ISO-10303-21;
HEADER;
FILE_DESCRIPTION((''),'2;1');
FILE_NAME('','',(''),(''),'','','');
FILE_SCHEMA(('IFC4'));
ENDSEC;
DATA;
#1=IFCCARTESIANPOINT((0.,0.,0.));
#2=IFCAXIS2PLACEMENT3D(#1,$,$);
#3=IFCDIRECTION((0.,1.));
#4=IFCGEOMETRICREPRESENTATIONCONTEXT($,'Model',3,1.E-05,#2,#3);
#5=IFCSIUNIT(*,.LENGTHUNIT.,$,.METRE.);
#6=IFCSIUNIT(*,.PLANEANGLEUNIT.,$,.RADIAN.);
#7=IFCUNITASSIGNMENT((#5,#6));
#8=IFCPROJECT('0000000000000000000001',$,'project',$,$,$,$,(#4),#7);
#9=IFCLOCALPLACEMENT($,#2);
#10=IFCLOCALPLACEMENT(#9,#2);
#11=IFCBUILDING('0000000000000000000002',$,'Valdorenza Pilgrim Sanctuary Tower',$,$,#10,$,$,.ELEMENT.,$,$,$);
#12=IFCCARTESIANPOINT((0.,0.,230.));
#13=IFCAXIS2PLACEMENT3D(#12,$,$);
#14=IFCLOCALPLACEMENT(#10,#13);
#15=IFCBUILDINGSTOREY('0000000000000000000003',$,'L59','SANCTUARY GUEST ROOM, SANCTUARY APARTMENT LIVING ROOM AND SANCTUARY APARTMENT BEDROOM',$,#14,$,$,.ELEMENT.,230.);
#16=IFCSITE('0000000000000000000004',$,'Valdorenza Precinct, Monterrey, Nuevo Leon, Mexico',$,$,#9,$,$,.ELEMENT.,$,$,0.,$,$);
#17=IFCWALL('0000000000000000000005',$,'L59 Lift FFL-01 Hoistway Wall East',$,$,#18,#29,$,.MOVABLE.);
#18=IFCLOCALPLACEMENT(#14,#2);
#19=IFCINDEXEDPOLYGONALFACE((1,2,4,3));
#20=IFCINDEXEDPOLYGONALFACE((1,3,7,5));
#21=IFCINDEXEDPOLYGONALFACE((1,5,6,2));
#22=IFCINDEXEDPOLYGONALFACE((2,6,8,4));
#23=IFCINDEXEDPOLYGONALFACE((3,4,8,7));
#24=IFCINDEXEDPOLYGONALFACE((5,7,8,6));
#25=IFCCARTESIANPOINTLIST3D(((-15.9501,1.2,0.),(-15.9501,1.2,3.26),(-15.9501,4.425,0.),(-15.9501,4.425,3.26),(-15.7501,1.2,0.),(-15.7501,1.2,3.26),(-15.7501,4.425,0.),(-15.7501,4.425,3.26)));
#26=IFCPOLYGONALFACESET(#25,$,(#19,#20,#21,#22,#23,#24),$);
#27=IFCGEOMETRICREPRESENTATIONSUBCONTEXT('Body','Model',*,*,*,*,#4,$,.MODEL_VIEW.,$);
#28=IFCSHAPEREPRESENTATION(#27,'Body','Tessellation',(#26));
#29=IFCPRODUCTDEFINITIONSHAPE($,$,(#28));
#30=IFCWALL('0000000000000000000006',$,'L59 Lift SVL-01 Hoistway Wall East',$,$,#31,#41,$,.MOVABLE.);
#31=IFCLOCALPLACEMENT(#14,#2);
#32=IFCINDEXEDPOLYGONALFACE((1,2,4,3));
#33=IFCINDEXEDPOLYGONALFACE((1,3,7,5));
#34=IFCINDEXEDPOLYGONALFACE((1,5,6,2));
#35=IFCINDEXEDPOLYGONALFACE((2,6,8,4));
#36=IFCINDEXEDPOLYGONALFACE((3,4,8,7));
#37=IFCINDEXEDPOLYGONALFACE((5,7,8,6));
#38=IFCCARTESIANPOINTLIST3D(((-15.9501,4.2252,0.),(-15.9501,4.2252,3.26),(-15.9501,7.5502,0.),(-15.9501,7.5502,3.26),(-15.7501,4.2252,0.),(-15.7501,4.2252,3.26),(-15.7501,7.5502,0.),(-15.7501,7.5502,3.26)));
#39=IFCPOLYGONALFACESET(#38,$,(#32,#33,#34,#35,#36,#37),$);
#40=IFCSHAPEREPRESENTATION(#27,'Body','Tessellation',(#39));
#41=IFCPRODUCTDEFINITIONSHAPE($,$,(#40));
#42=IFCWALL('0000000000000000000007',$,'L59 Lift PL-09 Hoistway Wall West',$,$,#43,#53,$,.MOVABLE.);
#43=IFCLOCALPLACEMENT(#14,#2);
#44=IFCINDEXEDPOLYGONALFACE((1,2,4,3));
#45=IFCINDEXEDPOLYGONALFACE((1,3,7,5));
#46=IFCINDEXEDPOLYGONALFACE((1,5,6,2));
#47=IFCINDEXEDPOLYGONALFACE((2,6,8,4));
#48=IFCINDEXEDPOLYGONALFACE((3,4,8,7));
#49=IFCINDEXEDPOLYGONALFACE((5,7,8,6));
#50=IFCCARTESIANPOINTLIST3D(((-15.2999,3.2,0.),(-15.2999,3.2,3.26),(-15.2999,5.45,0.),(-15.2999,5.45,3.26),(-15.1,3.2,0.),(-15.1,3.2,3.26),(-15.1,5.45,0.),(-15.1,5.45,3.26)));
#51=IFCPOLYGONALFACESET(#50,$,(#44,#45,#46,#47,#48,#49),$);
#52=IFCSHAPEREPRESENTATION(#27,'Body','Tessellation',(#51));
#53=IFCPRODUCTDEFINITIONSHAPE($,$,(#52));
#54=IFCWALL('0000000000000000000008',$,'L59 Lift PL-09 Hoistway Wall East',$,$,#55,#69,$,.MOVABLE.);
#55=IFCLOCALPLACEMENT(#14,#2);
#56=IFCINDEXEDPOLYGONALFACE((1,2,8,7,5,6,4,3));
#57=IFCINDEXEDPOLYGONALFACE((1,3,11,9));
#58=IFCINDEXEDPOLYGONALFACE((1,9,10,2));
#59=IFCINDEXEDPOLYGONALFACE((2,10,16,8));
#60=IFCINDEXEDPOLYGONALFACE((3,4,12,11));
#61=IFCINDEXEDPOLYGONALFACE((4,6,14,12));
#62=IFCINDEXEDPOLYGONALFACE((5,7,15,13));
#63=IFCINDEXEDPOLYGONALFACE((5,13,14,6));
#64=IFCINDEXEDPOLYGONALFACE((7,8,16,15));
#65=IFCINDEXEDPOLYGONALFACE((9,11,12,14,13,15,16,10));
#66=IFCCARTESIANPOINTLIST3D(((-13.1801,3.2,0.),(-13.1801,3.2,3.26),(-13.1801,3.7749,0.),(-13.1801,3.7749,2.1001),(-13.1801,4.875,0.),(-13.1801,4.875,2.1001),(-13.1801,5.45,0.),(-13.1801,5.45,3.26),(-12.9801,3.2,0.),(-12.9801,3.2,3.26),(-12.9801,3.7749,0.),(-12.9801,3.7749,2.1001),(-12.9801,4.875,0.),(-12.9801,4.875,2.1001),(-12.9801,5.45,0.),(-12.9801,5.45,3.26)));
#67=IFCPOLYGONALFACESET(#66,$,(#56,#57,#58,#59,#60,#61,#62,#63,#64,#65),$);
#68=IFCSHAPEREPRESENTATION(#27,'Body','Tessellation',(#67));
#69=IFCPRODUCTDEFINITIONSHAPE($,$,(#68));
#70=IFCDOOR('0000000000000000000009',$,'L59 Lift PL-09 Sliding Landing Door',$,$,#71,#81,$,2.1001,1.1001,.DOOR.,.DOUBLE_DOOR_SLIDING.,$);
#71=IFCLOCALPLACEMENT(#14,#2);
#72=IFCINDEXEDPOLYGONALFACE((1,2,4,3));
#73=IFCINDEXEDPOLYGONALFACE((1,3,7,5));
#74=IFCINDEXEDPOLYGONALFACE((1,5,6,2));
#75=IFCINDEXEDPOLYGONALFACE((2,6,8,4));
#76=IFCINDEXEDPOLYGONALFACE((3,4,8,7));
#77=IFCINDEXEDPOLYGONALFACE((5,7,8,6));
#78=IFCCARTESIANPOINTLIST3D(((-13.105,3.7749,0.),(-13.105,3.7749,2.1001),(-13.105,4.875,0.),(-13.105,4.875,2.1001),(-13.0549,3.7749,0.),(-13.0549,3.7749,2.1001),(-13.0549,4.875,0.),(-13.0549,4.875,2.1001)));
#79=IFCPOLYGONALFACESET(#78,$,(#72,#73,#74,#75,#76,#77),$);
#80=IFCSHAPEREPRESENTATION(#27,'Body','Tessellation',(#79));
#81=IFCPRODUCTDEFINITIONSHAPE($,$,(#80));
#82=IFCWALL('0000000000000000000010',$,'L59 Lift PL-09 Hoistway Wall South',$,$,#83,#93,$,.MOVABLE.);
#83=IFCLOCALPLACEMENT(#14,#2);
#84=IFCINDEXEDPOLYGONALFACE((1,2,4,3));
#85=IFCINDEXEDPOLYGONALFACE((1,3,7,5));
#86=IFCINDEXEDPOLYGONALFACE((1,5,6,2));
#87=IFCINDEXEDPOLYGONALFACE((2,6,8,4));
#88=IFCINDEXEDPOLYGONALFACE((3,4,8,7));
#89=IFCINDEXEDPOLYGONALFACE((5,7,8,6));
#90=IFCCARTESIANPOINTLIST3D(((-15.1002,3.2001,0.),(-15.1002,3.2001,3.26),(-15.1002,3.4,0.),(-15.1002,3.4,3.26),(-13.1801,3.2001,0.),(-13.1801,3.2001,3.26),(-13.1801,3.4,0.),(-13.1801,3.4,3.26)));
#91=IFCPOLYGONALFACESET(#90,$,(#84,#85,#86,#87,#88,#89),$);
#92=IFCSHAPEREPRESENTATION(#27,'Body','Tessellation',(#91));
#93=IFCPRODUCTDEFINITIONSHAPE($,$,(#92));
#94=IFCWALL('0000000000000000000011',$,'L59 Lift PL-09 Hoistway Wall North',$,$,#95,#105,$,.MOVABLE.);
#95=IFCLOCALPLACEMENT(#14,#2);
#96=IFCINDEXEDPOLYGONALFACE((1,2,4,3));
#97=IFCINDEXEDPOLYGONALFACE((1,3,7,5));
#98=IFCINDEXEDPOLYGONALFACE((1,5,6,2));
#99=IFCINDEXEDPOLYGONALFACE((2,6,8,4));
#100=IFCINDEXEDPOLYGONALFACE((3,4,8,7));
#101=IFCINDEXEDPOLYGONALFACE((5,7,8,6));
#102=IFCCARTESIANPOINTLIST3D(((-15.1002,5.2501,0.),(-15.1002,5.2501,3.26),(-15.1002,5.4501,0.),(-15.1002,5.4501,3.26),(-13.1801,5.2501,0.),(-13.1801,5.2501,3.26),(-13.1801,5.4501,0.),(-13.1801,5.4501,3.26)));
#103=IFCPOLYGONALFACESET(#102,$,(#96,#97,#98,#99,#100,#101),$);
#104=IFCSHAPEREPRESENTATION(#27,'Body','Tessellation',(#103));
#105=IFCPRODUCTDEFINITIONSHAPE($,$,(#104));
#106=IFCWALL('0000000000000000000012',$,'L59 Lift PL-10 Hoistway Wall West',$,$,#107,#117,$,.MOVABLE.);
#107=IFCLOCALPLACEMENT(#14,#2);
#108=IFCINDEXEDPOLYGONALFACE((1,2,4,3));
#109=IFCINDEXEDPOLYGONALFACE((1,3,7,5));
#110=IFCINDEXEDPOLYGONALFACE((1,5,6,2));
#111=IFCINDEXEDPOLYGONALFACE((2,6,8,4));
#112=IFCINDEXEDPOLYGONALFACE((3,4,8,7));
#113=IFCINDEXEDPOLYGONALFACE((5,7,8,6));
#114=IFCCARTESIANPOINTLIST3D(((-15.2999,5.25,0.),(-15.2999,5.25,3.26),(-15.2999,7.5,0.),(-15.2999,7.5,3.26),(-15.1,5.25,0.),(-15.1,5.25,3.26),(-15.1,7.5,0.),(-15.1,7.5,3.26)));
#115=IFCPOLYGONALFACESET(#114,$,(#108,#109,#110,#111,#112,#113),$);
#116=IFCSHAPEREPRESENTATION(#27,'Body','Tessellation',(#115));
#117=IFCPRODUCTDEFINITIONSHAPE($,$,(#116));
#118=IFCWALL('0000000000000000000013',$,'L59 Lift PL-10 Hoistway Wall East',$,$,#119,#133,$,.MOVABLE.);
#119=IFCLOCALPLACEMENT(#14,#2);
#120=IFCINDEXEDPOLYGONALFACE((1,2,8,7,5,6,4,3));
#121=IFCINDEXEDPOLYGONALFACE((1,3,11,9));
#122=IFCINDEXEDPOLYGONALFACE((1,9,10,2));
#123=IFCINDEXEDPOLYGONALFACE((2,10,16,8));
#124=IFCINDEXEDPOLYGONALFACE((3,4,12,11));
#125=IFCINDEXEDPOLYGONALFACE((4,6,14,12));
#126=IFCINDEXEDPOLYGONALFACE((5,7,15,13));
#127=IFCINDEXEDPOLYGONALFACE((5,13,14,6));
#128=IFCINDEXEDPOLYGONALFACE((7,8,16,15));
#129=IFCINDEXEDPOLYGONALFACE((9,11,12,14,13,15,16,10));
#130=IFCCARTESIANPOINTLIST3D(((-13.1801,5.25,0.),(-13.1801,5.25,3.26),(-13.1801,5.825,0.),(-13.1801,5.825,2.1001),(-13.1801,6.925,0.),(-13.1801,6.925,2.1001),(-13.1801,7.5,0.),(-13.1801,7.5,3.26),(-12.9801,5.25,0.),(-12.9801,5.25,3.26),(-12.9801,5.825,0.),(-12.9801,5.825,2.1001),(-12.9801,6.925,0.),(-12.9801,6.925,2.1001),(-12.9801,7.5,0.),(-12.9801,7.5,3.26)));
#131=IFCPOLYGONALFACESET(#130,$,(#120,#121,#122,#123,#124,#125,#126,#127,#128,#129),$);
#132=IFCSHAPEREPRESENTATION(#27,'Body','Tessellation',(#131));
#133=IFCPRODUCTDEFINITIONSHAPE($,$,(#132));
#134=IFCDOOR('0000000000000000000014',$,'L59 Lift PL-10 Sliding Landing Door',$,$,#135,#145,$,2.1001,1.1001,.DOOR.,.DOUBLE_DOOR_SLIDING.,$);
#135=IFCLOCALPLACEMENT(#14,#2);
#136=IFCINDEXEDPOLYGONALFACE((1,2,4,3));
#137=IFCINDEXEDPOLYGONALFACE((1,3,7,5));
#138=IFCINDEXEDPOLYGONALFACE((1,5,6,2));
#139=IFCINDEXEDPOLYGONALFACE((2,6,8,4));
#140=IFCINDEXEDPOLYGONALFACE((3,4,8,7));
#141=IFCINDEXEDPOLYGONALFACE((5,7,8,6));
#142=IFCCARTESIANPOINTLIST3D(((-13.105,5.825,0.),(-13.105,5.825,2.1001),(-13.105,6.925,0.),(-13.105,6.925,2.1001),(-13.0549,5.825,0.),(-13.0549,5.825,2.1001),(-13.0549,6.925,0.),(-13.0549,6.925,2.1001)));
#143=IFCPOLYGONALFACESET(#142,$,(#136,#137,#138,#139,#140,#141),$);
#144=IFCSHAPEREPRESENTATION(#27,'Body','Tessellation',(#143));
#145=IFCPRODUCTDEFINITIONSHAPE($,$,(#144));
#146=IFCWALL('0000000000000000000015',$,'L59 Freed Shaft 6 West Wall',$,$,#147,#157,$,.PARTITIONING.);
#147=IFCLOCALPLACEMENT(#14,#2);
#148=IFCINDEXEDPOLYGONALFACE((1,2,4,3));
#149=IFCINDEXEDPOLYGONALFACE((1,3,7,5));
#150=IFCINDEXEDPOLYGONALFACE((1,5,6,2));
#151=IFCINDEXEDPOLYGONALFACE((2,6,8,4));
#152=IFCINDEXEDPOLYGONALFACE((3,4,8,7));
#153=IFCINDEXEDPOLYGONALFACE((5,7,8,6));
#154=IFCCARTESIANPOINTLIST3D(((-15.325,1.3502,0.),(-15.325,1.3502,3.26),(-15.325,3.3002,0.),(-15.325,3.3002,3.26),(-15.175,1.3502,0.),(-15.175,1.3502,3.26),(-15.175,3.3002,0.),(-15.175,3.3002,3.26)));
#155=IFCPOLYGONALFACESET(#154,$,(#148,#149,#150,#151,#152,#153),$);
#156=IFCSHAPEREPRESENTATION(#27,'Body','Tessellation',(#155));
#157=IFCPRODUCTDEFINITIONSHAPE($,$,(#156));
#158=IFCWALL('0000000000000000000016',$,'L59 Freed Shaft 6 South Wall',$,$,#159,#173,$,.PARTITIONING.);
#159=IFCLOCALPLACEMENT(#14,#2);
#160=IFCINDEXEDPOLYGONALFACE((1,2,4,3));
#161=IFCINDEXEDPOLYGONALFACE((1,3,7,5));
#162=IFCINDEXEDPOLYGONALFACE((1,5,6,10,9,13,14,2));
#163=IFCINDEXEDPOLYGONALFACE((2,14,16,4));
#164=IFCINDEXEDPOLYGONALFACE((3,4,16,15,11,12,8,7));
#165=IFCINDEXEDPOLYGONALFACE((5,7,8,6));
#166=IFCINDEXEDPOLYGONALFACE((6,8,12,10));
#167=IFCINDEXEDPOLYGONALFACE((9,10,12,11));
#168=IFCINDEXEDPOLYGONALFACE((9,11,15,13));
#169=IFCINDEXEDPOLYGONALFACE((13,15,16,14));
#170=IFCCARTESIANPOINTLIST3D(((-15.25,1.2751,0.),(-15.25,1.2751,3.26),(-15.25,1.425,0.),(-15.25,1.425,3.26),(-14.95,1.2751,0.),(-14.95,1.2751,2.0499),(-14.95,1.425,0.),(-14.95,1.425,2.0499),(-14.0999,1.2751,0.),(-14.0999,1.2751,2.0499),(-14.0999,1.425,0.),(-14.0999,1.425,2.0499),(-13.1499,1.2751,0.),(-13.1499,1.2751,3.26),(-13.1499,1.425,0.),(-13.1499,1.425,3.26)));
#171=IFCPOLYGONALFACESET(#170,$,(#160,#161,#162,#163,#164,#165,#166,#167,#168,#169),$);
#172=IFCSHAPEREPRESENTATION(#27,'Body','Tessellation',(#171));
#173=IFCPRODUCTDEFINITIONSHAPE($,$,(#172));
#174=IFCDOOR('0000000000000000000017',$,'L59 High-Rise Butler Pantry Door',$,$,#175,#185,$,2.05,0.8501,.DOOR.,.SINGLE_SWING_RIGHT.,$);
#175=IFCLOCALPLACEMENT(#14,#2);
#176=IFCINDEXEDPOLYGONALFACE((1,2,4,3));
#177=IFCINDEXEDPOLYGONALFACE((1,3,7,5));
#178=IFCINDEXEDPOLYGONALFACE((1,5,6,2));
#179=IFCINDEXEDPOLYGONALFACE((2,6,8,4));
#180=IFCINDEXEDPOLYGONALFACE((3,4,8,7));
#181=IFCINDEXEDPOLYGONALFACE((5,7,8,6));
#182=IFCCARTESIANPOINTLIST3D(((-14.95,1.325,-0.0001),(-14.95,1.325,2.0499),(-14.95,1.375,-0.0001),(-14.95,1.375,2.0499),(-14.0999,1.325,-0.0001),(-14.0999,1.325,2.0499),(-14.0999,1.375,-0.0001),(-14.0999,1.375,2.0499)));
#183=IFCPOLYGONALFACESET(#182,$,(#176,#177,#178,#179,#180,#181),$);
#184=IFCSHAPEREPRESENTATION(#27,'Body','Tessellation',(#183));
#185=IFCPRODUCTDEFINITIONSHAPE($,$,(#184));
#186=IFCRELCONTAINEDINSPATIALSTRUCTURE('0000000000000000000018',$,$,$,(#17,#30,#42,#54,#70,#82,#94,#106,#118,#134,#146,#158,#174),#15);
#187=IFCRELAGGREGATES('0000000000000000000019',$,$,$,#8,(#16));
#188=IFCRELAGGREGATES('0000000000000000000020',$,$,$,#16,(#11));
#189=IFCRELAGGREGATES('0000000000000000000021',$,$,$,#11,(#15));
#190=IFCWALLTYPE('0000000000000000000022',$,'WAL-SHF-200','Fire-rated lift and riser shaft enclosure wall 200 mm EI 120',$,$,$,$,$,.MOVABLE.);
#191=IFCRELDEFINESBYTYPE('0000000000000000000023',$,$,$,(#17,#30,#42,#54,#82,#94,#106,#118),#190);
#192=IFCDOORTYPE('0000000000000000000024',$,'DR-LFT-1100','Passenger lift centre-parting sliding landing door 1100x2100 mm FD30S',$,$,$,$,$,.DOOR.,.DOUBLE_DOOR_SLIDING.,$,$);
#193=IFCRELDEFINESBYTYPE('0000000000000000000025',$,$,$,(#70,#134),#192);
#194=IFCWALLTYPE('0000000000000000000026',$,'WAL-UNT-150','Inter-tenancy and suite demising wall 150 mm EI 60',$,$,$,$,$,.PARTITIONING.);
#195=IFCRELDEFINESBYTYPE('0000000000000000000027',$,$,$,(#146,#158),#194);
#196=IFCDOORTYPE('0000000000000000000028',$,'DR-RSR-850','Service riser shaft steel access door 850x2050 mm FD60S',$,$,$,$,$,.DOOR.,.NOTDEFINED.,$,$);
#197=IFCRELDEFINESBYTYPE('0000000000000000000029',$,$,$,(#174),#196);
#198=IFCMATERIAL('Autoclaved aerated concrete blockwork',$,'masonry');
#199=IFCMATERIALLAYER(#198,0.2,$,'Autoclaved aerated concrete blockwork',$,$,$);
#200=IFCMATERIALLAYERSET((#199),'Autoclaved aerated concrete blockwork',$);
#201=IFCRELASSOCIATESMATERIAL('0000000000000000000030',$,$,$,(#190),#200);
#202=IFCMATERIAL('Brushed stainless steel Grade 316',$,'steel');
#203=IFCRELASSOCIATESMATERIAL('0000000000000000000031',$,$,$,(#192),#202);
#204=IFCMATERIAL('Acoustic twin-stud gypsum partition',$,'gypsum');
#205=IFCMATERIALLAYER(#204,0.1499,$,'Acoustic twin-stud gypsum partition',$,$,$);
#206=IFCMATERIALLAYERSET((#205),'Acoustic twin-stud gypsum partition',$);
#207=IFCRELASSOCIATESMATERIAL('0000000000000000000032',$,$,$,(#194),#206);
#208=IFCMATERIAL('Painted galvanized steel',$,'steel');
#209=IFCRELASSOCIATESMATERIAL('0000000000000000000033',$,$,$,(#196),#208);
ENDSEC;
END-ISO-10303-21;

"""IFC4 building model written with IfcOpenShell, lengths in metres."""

from ifc_helpers import new_model, si_unit, direction, frame, frame_2d, origin, place, context, subcontext, project, spatial, rectangle, extrude, material, layer, layer_set, type_object, element, fill, save


model = new_model("IFC4")

# Units and contexts
model_context = context("Model", 3, precision=1e-05, world=origin(), true_north=direction((0.0, 1.0)))
body_context = subcontext(model_context, "Body", "Model", "MODEL_VIEW")
ifc_project = project(units=[si_unit("LENGTHUNIT", "METRE"), si_unit("PLANEANGLEUNIT", "RADIAN")], contexts=[model_context])

# Site, building, storey
site_placement = place(None, origin())
site = spatial("IfcSite", under=ifc_project, at=site_placement, Name="Valdorenza Precinct, Monterrey, Nuevo Leon, Mexico", CompositionType="ELEMENT", RefElevation=0.0)
building_placement = place(site_placement, origin())
building = spatial("IfcBuilding", under=site, at=building_placement, Name="Valdorenza Pilgrim Sanctuary Tower", CompositionType="ELEMENT")
storey_placement = place(building_placement, frame((0.0, 0.0, 230.0)))
storey = spatial("IfcBuildingStorey", under=building, at=storey_placement, Name="L59", Description="SANCTUARY GUEST ROOM, SANCTUARY APARTMENT LIVING ROOM AND SANCTUARY APARTMENT BEDROOM", CompositionType="ELEMENT", Elevation=230.0)

# Shared definitions
ifc_material_1 = material(Name="Acoustic twin-stud gypsum partition", Category="gypsum")

# Walls
ifc_material_2 = material(Name="Autoclaved aerated concrete blockwork", Category="masonry")
ifc_layer_1 = layer(ifc_material_2, 0.2, Name="Autoclaved aerated concrete blockwork")
ifc_layer_set_1 = layer_set([ifc_layer_1], Name="Autoclaved aerated concrete blockwork")
wall_type_1 = type_object("IfcWallType", Name="WAL-SHF-200", Description="Fire-rated lift and riser shaft enclosure wall 200 mm EI 120", PredefinedType="MOVABLE", material=ifc_layer_set_1)
wall_1_placement = place(storey_placement, frame((-15.8501, 1.2, 0.0), z_axis=(0.0, 0.0, 1.0), x_axis=(0.0, 1.0, 0.0)))
element("IfcWall", 1, at=wall_1_placement, inside=storey, type_object=wall_type_1, Name="L59 Lift FFL-01 Hoistway Wall East", PredefinedType="MOVABLE", context=body_context, shape_type="SweptSolid", body=[
    extrude(rectangle(XDim=3.2251, YDim=0.2, at=frame_2d((1.6125, 0.0))), origin(), (0.0, 0.0, 1.0), 3.26),
])
wall_2_placement = place(storey_placement, frame((-15.8501, 4.2251, 0.0), z_axis=(0.0, 0.0, 1.0), x_axis=(0.0, 1.0, 0.0)))
element("IfcWall", 2, at=wall_2_placement, inside=storey, type_object=wall_type_1, Name="L59 Lift SVL-01 Hoistway Wall East", PredefinedType="MOVABLE", context=body_context, shape_type="SweptSolid", body=[
    extrude(rectangle(XDim=3.325, YDim=0.2, at=frame_2d((1.6626, 0.0))), origin(), (0.0, 0.0, 1.0), 3.26),
])
wall_3_placement = place(storey_placement, frame((-15.2, 3.2, 0.0), z_axis=(0.0, 0.0, 1.0), x_axis=(0.0, 1.0, 0.0)))
element("IfcWall", 3, at=wall_3_placement, inside=storey, type_object=wall_type_1, Name="L59 Lift PL-09 Hoistway Wall West", PredefinedType="MOVABLE", context=body_context, shape_type="SweptSolid", body=[
    extrude(rectangle(XDim=2.25, YDim=0.2, at=frame_2d((1.125, 0.0))), origin(), (0.0, 0.0, 1.0), 3.26),
])

# Wall, opening, door
wall_4_placement = place(storey_placement, frame((-13.0801, 3.2, 0.0), z_axis=(0.0, 0.0, 1.0), x_axis=(0.0, 1.0, 0.0)))
wall_4 = element("IfcWall", 4, at=wall_4_placement, inside=storey, type_object=wall_type_1, Name="L59 Lift PL-09 Hoistway Wall East", PredefinedType="MOVABLE", context=body_context, shape_type="SweptSolid", body=[
    extrude(rectangle(XDim=2.25, YDim=0.2, at=frame_2d((1.125, 0.0))), origin(), (0.0, 0.0, 1.0), 3.26),
])
opening_1_placement = place(wall_4_placement, frame((0.575, 0.0, 0.0)))
opening_1 = element("IfcOpeningElement", 5, at=opening_1_placement, cuts=wall_4, PredefinedType="OPENING", context=body_context, shape_type="SweptSolid", body=[
    extrude(rectangle(XDim=1.1001, YDim=2.1001, at=frame_2d((0.55, 1.05))), frame((0.0, 0.1147, 0.0), z_axis=(0.0, -1.0, 0.0), x_axis=(1.0, 0.0, 0.0)), (0.0, 0.0, 1.0), 0.2297),
])
ifc_material_3 = material(Name="Brushed stainless steel Grade 316", Category="steel")
door_type_1 = type_object("IfcDoorType", Name="DR-LFT-1100", Description="Passenger lift centre-parting sliding landing door 1100x2100 mm FD30S", OperationType="DOUBLE_DOOR_SLIDING", PredefinedType="DOOR", material=ifc_material_3)
door_1_placement = place(opening_1_placement, origin())
door_1 = element("IfcDoor", 6, at=door_1_placement, inside=storey, type_object=door_type_1, Name="L59 Lift PL-09 Sliding Landing Door", OperationType="DOUBLE_DOOR_SLIDING", OverallHeight=2.1001, OverallWidth=1.1001, PredefinedType="DOOR", context=body_context, shape_type="SweptSolid", body=[
    extrude(rectangle(XDim=1.1001, YDim=2.1001, at=frame_2d((0.55, 1.05))), frame((0.0, 0.0249, 0.0), z_axis=(0.0, -1.0, 0.0), x_axis=(1.0, 0.0, 0.0)), (0.0, 0.0, 1.0), 0.05),
])
fill(opening_1, door_1)

# Walls
for number, where, z_axis, x_axis, name in (
    (7, (-15.1001, 3.3, 0.0), (0.0, 0.0, 1.0), (1.0, 0.0, 0.0), "L59 Lift PL-09 Hoistway Wall South"),
    (8, (-15.1001, 5.3501, 0.0), (0.0, 0.0, 1.0), (1.0, 0.0, 0.0), "L59 Lift PL-09 Hoistway Wall North"),
):
    element("IfcWall", number, at=place(storey_placement, frame(where, z_axis=z_axis, x_axis=x_axis)), inside=storey, type_object=wall_type_1, Name=name, PredefinedType="MOVABLE", context=body_context, shape_type="SweptSolid", body=[
        extrude(rectangle(XDim=1.9202, YDim=0.2, at=frame_2d((0.96, 0.0))), origin(), (0.0, 0.0, 1.0), 3.26),
    ])
wall_5_placement = place(storey_placement, frame((-15.2, 5.25, 0.0), z_axis=(0.0, 0.0, 1.0), x_axis=(0.0, 1.0, 0.0)))
element("IfcWall", 9, at=wall_5_placement, inside=storey, type_object=wall_type_1, Name="L59 Lift PL-10 Hoistway Wall West", PredefinedType="MOVABLE", context=body_context, shape_type="SweptSolid", body=[
    extrude(rectangle(XDim=2.25, YDim=0.2, at=frame_2d((1.125, 0.0))), origin(), (0.0, 0.0, 1.0), 3.26),
])

# Wall, opening, door
wall_6_placement = place(storey_placement, frame((-13.0801, 5.25, 0.0), z_axis=(0.0, 0.0, 1.0), x_axis=(0.0, 1.0, 0.0)))
wall_6 = element("IfcWall", 10, at=wall_6_placement, inside=storey, type_object=wall_type_1, Name="L59 Lift PL-10 Hoistway Wall East", PredefinedType="MOVABLE", context=body_context, shape_type="SweptSolid", body=[
    extrude(rectangle(XDim=2.25, YDim=0.2, at=frame_2d((1.125, 0.0))), origin(), (0.0, 0.0, 1.0), 3.26),
])
opening_2_placement = place(wall_6_placement, frame((0.575, 0.0, 0.0)))
opening_2 = element("IfcOpeningElement", 11, at=opening_2_placement, cuts=wall_6, PredefinedType="OPENING", context=body_context, shape_type="SweptSolid", body=[
    extrude(rectangle(XDim=1.1001, YDim=2.1001, at=frame_2d((0.55, 1.05))), frame((0.0, 0.1147, 0.0), z_axis=(0.0, -1.0, 0.0), x_axis=(1.0, 0.0, 0.0)), (0.0, 0.0, 1.0), 0.2297),
])
door_2_placement = place(opening_2_placement, origin())
door_2 = element("IfcDoor", 12, at=door_2_placement, inside=storey, type_object=door_type_1, Name="L59 Lift PL-10 Sliding Landing Door", OperationType="DOUBLE_DOOR_SLIDING", OverallHeight=2.1001, OverallWidth=1.1001, PredefinedType="DOOR", context=body_context, shape_type="SweptSolid", body=[
    extrude(rectangle(XDim=1.1001, YDim=2.1001, at=frame_2d((0.55, 1.05))), frame((0.0, 0.0249, 0.0), z_axis=(0.0, -1.0, 0.0), x_axis=(1.0, 0.0, 0.0)), (0.0, 0.0, 1.0), 0.05),
])
fill(opening_2, door_2)

# Wall
ifc_layer_2 = layer(ifc_material_1, 0.1499, Name="Acoustic twin-stud gypsum partition")
ifc_layer_set_2 = layer_set([ifc_layer_2], Name="Acoustic twin-stud gypsum partition")
wall_type_2 = type_object("IfcWallType", Name="WAL-UNT-150", Description="Inter-tenancy and suite demising wall 150 mm EI 60", PredefinedType="PARTITIONING", material=ifc_layer_set_2)
wall_7_placement = place(storey_placement, frame((-15.25, 1.3501, 0.0), z_axis=(0.0, 0.0, 1.0), x_axis=(0.0, 1.0, 0.0)))
element("IfcWall", 13, at=wall_7_placement, inside=storey, type_object=wall_type_2, Name="L59 Freed Shaft 6 West Wall", PredefinedType="PARTITIONING", context=body_context, shape_type="SweptSolid", body=[
    extrude(rectangle(XDim=1.95, YDim=0.1499, at=frame_2d((0.9751, 0.0))), origin(), (0.0, 0.0, 1.0), 3.26),
])

# Wall, opening, door
wall_8_placement = place(storey_placement, frame((-15.25, 1.3501, 0.0), z_axis=(0.0, 0.0, 1.0), x_axis=(1.0, 0.0, 0.0)))
wall_8 = element("IfcWall", 14, at=wall_8_placement, inside=storey, type_object=wall_type_2, Name="L59 Freed Shaft 6 South Wall", PredefinedType="PARTITIONING", context=body_context, shape_type="SweptSolid", body=[
    extrude(rectangle(XDim=2.1001, YDim=0.1499, at=frame_2d((1.05, 0.0))), origin(), (0.0, 0.0, 1.0), 3.26),
])
opening_3_placement = place(wall_8_placement, frame((0.3, 0.0, 0.0)))
opening_3 = element("IfcOpeningElement", 15, at=opening_3_placement, cuts=wall_8, PredefinedType="OPENING", context=body_context, shape_type="SweptSolid", body=[
    extrude(rectangle(XDim=0.8501, YDim=2.05, at=frame_2d((0.425, 1.0249))), frame((0.0, 0.0898, 0.0), z_axis=(0.0, -1.0, 0.0), x_axis=(1.0, 0.0, 0.0)), (0.0, 0.0, 1.0), 0.1797),
])
ifc_material_4 = material(Name="Painted galvanized steel", Category="steel")
door_type_2 = type_object("IfcDoorType", Name="DR-RSR-850", Description="Service riser shaft steel access door 850x2050 mm FD60S", OperationType="NOTDEFINED", PredefinedType="DOOR", material=ifc_material_4)
door_3_placement = place(opening_3_placement, origin())
door_3 = element("IfcDoor", 16, at=door_3_placement, inside=storey, type_object=door_type_2, Name="L59 High-Rise Butler Pantry Door", OperationType="SINGLE_SWING_RIGHT", OverallHeight=2.05, OverallWidth=0.8501, PredefinedType="DOOR", context=body_context, shape_type="SweptSolid", body=[
    extrude(rectangle(XDim=0.8501, YDim=2.05, at=frame_2d((0.425, 1.0249))), frame((0.0, 0.0249, 0.0), z_axis=(0.0, -1.0, 0.0), x_axis=(1.0, 0.0, 0.0)), (0.0, 0.0, 1.0), 0.05),
])
fill(opening_3, door_3)

save(model, "model.ifc")
